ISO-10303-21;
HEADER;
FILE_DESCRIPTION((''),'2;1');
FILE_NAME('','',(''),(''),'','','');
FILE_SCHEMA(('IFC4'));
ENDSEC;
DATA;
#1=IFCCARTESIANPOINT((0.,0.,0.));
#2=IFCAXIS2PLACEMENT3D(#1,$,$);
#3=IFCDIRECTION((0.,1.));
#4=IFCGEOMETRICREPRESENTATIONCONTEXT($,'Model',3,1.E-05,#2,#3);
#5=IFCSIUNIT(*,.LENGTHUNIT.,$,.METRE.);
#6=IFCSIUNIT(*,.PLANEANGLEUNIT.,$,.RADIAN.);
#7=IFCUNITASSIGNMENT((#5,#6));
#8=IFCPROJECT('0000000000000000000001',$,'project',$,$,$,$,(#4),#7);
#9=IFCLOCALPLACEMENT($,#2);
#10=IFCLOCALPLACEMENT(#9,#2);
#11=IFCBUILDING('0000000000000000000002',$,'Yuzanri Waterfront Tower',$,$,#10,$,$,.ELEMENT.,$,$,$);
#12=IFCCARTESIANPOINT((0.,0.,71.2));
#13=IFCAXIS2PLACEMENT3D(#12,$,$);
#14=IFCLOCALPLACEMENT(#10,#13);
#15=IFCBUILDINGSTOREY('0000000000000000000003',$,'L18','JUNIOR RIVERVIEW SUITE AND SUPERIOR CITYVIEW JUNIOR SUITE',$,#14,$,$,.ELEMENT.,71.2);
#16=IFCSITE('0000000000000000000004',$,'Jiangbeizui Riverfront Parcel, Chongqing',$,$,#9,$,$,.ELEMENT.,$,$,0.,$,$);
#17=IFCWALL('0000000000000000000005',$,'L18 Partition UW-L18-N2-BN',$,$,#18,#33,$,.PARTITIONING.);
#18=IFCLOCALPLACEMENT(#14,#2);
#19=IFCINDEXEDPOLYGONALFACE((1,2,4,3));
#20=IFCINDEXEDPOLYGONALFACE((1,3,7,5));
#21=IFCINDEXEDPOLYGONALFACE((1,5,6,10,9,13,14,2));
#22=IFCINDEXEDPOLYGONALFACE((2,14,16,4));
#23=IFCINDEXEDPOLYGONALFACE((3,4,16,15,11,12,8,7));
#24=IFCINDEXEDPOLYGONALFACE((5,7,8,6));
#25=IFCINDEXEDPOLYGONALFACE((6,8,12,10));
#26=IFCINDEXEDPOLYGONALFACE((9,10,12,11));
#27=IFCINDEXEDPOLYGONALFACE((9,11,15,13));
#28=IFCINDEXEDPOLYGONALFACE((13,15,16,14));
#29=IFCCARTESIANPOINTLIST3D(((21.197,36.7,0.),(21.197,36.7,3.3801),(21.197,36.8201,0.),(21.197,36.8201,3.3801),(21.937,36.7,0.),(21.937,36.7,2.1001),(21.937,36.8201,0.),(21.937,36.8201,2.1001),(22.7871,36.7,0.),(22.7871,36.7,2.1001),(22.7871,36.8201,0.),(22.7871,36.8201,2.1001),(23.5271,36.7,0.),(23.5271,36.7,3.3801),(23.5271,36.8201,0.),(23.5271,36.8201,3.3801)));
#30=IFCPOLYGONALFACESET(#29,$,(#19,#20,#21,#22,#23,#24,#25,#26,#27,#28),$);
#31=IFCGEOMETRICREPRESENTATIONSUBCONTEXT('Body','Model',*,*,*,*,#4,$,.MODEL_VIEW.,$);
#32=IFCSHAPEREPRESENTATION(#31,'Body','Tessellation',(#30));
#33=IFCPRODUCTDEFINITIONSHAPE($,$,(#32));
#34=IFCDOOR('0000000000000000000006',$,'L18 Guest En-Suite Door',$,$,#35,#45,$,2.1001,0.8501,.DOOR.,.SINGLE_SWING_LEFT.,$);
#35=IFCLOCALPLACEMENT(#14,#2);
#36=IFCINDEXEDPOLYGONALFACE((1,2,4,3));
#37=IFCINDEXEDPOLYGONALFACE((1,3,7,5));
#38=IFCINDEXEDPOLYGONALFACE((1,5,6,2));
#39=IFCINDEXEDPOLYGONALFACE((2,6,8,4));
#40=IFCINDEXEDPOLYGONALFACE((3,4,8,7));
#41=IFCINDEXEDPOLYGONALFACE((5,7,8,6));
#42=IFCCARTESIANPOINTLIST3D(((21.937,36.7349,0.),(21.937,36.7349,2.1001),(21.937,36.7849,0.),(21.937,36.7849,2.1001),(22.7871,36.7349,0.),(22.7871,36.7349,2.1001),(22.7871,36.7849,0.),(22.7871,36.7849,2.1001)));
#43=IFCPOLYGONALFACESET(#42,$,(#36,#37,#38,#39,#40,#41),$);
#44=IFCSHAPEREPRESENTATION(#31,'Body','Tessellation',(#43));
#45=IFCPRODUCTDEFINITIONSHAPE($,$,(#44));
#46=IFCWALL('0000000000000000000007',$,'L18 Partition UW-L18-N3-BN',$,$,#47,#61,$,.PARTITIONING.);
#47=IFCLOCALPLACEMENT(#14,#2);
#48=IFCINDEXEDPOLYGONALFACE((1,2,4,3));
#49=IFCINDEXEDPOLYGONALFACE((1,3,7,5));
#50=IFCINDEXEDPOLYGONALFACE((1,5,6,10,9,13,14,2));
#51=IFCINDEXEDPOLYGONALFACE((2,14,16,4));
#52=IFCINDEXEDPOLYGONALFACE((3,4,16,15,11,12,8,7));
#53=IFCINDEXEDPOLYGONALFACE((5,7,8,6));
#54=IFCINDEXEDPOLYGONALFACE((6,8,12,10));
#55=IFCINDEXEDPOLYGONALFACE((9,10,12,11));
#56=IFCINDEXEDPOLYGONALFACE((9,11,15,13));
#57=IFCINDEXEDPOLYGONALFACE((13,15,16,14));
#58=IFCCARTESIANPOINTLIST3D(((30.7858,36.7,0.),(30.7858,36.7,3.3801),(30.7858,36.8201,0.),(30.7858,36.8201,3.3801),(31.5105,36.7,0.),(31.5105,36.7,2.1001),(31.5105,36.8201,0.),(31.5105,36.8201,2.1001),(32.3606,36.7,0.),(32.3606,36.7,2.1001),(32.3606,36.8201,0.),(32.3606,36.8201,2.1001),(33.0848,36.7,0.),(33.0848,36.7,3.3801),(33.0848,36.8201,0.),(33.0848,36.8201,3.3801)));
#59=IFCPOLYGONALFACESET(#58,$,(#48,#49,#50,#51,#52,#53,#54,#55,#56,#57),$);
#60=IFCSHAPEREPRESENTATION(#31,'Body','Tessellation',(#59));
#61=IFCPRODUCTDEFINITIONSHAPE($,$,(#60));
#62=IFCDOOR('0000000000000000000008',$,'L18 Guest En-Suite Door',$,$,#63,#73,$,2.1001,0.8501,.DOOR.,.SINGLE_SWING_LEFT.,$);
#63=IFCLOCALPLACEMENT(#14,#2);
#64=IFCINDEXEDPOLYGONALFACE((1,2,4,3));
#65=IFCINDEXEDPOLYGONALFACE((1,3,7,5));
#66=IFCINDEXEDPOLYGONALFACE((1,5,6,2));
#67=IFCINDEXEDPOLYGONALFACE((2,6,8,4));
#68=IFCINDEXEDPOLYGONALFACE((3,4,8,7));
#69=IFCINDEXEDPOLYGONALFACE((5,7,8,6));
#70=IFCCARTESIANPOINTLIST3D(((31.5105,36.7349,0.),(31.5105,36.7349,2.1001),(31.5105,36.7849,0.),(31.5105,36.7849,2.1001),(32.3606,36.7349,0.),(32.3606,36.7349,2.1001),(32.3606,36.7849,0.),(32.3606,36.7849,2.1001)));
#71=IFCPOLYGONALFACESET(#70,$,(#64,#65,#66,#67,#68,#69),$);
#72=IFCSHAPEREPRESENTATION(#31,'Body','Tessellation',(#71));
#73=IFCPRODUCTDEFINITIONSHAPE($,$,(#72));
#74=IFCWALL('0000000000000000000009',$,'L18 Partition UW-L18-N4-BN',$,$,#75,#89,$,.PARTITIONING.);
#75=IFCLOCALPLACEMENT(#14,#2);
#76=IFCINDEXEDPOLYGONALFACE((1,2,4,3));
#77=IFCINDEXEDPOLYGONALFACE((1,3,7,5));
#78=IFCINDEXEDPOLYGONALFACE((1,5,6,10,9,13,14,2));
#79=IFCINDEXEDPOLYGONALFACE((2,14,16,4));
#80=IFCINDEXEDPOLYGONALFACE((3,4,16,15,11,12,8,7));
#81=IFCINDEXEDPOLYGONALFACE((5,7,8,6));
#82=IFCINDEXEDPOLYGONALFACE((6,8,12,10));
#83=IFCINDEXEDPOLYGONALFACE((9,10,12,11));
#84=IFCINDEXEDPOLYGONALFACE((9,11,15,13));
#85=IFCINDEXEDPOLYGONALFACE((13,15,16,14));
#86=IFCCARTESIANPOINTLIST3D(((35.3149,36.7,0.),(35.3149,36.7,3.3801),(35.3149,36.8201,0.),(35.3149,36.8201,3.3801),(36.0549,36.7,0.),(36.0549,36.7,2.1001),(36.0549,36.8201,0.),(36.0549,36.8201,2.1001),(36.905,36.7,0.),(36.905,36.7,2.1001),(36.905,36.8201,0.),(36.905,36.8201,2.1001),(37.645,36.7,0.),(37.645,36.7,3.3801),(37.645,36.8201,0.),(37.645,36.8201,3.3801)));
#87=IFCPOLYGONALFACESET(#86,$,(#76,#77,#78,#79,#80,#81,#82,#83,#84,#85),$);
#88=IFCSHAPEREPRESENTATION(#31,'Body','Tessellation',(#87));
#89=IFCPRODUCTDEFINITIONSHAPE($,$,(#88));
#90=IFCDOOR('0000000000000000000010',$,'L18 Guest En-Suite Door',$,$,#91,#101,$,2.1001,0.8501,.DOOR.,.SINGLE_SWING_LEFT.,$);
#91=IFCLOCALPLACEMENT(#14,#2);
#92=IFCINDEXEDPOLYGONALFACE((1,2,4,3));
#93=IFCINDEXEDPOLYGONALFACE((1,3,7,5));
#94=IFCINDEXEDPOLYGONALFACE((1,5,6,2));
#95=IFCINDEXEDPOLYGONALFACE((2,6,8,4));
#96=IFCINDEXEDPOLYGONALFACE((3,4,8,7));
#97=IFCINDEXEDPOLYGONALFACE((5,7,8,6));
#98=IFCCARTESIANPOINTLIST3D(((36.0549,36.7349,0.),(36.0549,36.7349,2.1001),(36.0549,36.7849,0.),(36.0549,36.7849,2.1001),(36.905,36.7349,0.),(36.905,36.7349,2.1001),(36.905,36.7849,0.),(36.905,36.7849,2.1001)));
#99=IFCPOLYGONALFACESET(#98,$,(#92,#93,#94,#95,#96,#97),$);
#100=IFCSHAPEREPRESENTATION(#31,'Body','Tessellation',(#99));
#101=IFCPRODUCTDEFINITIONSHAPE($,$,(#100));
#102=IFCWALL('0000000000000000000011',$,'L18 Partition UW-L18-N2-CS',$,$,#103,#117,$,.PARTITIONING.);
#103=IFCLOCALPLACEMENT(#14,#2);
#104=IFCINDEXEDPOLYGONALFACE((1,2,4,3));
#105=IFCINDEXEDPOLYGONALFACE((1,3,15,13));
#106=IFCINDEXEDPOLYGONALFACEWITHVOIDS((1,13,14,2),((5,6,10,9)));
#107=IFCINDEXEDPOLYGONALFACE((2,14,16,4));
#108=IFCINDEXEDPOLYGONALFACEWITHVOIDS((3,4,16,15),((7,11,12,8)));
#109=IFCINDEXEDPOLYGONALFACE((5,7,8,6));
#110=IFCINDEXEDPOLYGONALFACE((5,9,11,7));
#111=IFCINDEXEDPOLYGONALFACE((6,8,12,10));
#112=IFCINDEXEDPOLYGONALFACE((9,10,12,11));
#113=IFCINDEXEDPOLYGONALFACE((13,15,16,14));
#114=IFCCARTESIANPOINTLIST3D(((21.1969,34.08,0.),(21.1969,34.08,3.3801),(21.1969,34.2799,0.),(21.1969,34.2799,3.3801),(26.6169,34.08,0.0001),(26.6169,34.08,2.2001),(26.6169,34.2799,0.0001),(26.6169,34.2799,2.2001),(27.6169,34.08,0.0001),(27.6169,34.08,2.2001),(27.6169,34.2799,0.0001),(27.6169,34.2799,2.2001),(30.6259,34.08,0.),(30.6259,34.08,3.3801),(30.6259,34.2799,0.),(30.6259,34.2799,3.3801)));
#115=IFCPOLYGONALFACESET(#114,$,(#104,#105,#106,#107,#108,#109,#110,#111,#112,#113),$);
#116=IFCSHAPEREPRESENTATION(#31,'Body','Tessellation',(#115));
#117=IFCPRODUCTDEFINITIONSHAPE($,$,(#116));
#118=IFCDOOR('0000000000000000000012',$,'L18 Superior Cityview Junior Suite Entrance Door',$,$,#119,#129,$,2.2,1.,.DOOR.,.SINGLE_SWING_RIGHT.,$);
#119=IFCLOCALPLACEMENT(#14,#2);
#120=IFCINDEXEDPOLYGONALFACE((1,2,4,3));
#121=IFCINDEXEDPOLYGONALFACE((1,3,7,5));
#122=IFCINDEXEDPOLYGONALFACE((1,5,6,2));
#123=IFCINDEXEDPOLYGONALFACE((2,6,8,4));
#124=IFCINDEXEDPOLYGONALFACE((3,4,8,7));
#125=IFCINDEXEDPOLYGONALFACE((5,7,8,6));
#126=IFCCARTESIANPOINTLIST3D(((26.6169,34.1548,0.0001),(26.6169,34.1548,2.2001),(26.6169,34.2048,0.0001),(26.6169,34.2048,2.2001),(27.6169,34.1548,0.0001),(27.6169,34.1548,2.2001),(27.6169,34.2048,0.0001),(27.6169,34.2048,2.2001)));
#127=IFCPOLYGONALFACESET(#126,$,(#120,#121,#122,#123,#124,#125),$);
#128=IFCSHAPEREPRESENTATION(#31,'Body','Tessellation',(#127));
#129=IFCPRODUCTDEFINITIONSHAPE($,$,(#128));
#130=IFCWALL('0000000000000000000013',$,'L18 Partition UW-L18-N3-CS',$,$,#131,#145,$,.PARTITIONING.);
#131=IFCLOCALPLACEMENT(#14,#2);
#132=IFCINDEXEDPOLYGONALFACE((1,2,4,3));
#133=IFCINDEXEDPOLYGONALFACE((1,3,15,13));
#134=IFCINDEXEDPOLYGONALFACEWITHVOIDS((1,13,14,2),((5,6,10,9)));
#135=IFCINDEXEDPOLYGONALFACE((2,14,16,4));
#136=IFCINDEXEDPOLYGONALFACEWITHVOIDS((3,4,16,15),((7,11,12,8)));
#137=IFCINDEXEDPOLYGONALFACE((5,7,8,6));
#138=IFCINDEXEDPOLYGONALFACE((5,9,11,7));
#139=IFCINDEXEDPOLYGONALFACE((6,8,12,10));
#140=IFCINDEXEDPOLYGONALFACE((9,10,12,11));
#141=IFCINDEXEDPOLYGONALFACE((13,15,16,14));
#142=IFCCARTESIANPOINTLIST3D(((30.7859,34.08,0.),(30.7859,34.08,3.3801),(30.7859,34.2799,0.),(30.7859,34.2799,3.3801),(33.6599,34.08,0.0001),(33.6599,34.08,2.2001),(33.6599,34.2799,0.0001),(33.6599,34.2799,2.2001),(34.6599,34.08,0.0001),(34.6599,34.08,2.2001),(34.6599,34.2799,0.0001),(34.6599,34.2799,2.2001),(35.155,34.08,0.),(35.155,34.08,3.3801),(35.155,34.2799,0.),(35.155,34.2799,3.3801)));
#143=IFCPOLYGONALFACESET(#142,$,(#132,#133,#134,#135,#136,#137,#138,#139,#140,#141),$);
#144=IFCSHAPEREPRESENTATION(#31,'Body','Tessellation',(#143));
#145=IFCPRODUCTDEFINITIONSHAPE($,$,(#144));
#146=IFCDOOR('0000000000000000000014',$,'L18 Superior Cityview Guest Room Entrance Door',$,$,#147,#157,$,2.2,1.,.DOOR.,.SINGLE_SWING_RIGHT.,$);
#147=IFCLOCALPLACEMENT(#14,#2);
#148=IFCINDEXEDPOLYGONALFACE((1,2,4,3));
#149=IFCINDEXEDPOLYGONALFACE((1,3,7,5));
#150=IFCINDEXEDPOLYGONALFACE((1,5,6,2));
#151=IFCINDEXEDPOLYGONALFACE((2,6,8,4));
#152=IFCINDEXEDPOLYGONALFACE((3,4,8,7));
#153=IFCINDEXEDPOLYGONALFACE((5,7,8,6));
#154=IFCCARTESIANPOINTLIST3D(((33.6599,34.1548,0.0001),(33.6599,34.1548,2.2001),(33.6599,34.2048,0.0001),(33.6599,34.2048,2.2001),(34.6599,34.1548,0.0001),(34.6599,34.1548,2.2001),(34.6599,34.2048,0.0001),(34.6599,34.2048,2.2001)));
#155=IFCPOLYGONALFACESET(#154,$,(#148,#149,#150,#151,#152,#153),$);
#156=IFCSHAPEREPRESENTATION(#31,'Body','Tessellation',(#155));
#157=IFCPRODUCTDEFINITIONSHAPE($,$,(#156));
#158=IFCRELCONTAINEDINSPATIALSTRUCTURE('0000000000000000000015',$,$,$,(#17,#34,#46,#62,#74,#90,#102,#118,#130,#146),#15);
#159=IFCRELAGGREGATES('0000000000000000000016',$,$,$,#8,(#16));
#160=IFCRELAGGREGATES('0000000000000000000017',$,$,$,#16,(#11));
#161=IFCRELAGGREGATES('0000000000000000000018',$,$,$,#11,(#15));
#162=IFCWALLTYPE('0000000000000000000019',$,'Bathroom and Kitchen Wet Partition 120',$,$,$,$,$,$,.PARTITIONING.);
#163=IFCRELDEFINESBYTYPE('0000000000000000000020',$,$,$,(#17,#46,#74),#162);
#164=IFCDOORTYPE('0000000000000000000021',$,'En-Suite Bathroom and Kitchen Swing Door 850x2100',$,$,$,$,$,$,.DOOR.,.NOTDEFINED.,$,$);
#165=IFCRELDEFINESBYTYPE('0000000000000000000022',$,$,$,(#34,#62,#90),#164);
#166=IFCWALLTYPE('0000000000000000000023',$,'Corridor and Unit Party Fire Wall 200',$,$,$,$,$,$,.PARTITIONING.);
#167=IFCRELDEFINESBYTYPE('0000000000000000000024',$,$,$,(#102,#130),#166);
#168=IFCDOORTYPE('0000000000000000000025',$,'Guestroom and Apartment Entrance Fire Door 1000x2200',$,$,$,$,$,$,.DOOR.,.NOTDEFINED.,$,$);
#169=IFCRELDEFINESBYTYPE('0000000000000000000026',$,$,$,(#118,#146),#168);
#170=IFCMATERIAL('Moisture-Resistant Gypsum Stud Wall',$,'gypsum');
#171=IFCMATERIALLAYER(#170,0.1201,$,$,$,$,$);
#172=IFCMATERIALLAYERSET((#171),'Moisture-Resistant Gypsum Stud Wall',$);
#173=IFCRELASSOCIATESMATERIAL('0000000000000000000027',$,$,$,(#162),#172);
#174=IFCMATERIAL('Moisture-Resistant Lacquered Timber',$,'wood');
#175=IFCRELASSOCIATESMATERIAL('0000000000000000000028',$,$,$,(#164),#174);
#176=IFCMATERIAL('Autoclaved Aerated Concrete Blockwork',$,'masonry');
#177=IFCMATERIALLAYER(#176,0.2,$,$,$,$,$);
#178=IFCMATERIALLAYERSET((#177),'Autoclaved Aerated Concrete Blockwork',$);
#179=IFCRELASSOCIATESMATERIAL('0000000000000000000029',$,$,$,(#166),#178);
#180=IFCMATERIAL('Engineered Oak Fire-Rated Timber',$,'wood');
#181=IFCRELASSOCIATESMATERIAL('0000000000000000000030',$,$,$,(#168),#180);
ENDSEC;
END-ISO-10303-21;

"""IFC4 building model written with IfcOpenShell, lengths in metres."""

from ifc_helpers import new_model, si_unit, direction, frame, frame_2d, origin, place, context, subcontext, project, spatial, rectangle, extrude, source, transform, mapped, material, layer, layer_set, type_object, element, fill, save


model = new_model("IFC4")

# Units and contexts
model_context = context("Model", 3, precision=1e-05, world=origin(), true_north=direction((0.0, 1.0)))
body_context = subcontext(model_context, "Body", "Model", "MODEL_VIEW")
ifc_project = project(units=[si_unit("LENGTHUNIT", "METRE"), si_unit("PLANEANGLEUNIT", "RADIAN")], contexts=[model_context])

# Site, building, storey
site_placement = place(None, origin())
site = spatial("IfcSite", under=ifc_project, at=site_placement, Name="Jiangbeizui Riverfront Parcel, Chongqing", CompositionType="ELEMENT", RefElevation=0.0)
building_placement = place(site_placement, origin())
building = spatial("IfcBuilding", under=site, at=building_placement, Name="Yuzanri Waterfront Tower", CompositionType="ELEMENT")
storey_placement = place(building_placement, frame((0.0, 0.0, 71.2)))
storey = spatial("IfcBuildingStorey", under=building, at=storey_placement, Name="L18", Description="JUNIOR RIVERVIEW SUITE AND SUPERIOR CITYVIEW JUNIOR SUITE", CompositionType="ELEMENT", Elevation=71.2)

# Walls, openings, doors
ifc_material_1 = material(Name="Moisture-Resistant Gypsum Stud Wall", Category="gypsum")
ifc_layer_1 = layer(ifc_material_1, 0.1201)
ifc_layer_set_1 = layer_set([ifc_layer_1], Name="Moisture-Resistant Gypsum Stud Wall")
wall_type_1 = type_object("IfcWallType", Name="Bathroom and Kitchen Wet Partition 120", PredefinedType="PARTITIONING", material=ifc_layer_set_1)
wall_1_placement = place(storey_placement, frame((21.197, 36.76, 0.0), z_axis=(0.0, 0.0, 1.0), x_axis=(1.0, 0.0, 0.0)))
wall_1 = element("IfcWall", 1, at=wall_1_placement, inside=storey, type_object=wall_type_1, Name="L18 Partition UW-L18-N2-BN", PredefinedType="PARTITIONING", context=body_context, shape_type="SweptSolid", body=[
    extrude(rectangle(XDim=2.3301, YDim=0.1201, at=frame_2d((1.165, 0.0))), origin(), (0.0, 0.0, 1.0), 3.3801),
])
opening_1_placement = place(wall_1_placement, frame((0.74, 0.0, 0.0)))
opening_1 = element("IfcOpeningElement", 2, at=opening_1_placement, cuts=wall_1, PredefinedType="OPENING", context=body_context, shape_type="SweptSolid", body=[
    extrude(rectangle(XDim=0.8501, YDim=2.1001, at=frame_2d((0.425, 1.05))), frame((0.0, 0.075, 0.0), z_axis=(0.0, -1.0, 0.0), x_axis=(1.0, 0.0, 0.0)), (0.0, 0.0, 1.0), 0.1499),
])
ifc_material_2 = material(Name="Moisture-Resistant Lacquered Timber", Category="wood")
door_type_1 = type_object("IfcDoorType", Name="En-Suite Bathroom and Kitchen Swing Door 850x2100", OperationType="NOTDEFINED", PredefinedType="DOOR", material=ifc_material_2)
shared_shape_1 = source(origin(), body_context, "Body", "SweptSolid", [
    extrude(rectangle(XDim=0.8501, YDim=2.1001, at=frame_2d((0.425, 1.05))), frame((0.0, 0.0249, 0.0), z_axis=(0.0, -1.0, 0.0), x_axis=(1.0, 0.0, 0.0)), (0.0, 0.0, 1.0), 0.05),
])
door_1_placement = place(opening_1_placement, origin())
door_1 = element("IfcDoor", 3, at=door_1_placement, inside=storey, type_object=door_type_1, Name="L18 Guest En-Suite Door", OperationType="SINGLE_SWING_LEFT", OverallHeight=2.1001, OverallWidth=0.8501, PredefinedType="DOOR", context=body_context, shape_type="MappedRepresentation", body=[
    mapped(shared_shape_1, transform((0.0, 0.0, 0.0), scale=1.0)),
])
fill(opening_1, door_1)
wall_2_placement = place(storey_placement, frame((30.7859, 36.76, 0.0), z_axis=(0.0, 0.0, 1.0), x_axis=(1.0, 0.0, 0.0)))
wall_2 = element("IfcWall", 4, at=wall_2_placement, inside=storey, type_object=wall_type_1, Name="L18 Partition UW-L18-N3-BN", PredefinedType="PARTITIONING", context=body_context, shape_type="SweptSolid", body=[
    extrude(rectangle(XDim=2.2991, YDim=0.1201, at=frame_2d((1.1494, 0.0))), origin(), (0.0, 0.0, 1.0), 3.3801),
])
opening_2_placement = place(wall_2_placement, frame((0.7246, 0.0, 0.0)))
opening_2 = element("IfcOpeningElement", 5, at=opening_2_placement, cuts=wall_2, PredefinedType="OPENING", context=body_context, shape_type="SweptSolid", body=[
    extrude(rectangle(XDim=0.8501, YDim=2.1001, at=frame_2d((0.425, 1.05))), frame((0.0, 0.075, 0.0), z_axis=(0.0, -1.0, 0.0), x_axis=(1.0, 0.0, 0.0)), (0.0, 0.0, 1.0), 0.1499),
])
door_2_placement = place(opening_2_placement, origin())
door_2 = element("IfcDoor", 6, at=door_2_placement, inside=storey, type_object=door_type_1, Name="L18 Guest En-Suite Door", OperationType="SINGLE_SWING_LEFT", OverallHeight=2.1001, OverallWidth=0.8501, PredefinedType="DOOR", context=body_context, shape_type="MappedRepresentation", body=[
    mapped(shared_shape_1, transform((0.0, 0.0, 0.0), scale=1.0)),
])
fill(opening_2, door_2)
wall_3_placement = place(storey_placement, frame((35.3149, 36.76, 0.0), z_axis=(0.0, 0.0, 1.0), x_axis=(1.0, 0.0, 0.0)))
wall_3 = element("IfcWall", 7, at=wall_3_placement, inside=storey, type_object=wall_type_1, Name="L18 Partition UW-L18-N4-BN", PredefinedType="PARTITIONING", context=body_context, shape_type="SweptSolid", body=[
    extrude(rectangle(XDim=2.3301, YDim=0.1201, at=frame_2d((1.165, 0.0))), origin(), (0.0, 0.0, 1.0), 3.3801),
])
opening_3_placement = place(wall_3_placement, frame((0.74, 0.0, 0.0)))
opening_3 = element("IfcOpeningElement", 8, at=opening_3_placement, cuts=wall_3, PredefinedType="OPENING", context=body_context, shape_type="SweptSolid", body=[
    extrude(rectangle(XDim=0.8501, YDim=2.1001, at=frame_2d((0.425, 1.05))), frame((0.0, 0.075, 0.0), z_axis=(0.0, -1.0, 0.0), x_axis=(1.0, 0.0, 0.0)), (0.0, 0.0, 1.0), 0.1499),
])
door_3_placement = place(opening_3_placement, origin())
door_3 = element("IfcDoor", 9, at=door_3_placement, inside=storey, type_object=door_type_1, Name="L18 Guest En-Suite Door", OperationType="SINGLE_SWING_LEFT", OverallHeight=2.1001, OverallWidth=0.8501, PredefinedType="DOOR", context=body_context, shape_type="MappedRepresentation", body=[
    mapped(shared_shape_1, transform((0.0, 0.0, 0.0), scale=1.0)),
])
fill(opening_3, door_3)
ifc_material_3 = material(Name="Autoclaved Aerated Concrete Blockwork", Category="masonry")
ifc_layer_2 = layer(ifc_material_3, 0.2)
ifc_layer_set_2 = layer_set([ifc_layer_2], Name="Autoclaved Aerated Concrete Blockwork")
wall_type_2 = type_object("IfcWallType", Name="Corridor and Unit Party Fire Wall 200", PredefinedType="PARTITIONING", material=ifc_layer_set_2)
wall_4_placement = place(storey_placement, frame((21.197, 34.1799, 0.0), z_axis=(0.0, 0.0, 1.0), x_axis=(1.0, 0.0, 0.0)))
wall_4 = element("IfcWall", 10, at=wall_4_placement, inside=storey, type_object=wall_type_2, Name="L18 Partition UW-L18-N2-CS", PredefinedType="PARTITIONING", context=body_context, shape_type="SweptSolid", body=[
    extrude(rectangle(XDim=9.429, YDim=0.2, at=frame_2d((4.7144, 0.0))), origin(), (0.0, 0.0, 1.0), 3.3801),
])
opening_4_placement = place(wall_4_placement, frame((5.4199, 0.0, 0.0)))
opening_4 = element("IfcOpeningElement", 11, at=opening_4_placement, cuts=wall_4, PredefinedType="OPENING", context=body_context, shape_type="SweptSolid", body=[
    extrude(rectangle(XDim=1.0, YDim=2.2, at=frame_2d((0.5, 1.1001))), frame((0.0, 0.1147, 0.0), z_axis=(0.0, -1.0, 0.0), x_axis=(1.0, 0.0, 0.0)), (0.0, 0.0, 1.0), 0.2297),
])
ifc_material_4 = material(Name="Engineered Oak Fire-Rated Timber", Category="wood")
door_type_2 = type_object("IfcDoorType", Name="Guestroom and Apartment Entrance Fire Door 1000x2200", OperationType="NOTDEFINED", PredefinedType="DOOR", material=ifc_material_4)
shared_shape_2 = source(origin(), body_context, "Body", "SweptSolid", [
    extrude(rectangle(XDim=1.0, YDim=2.2, at=frame_2d((0.5, 1.1001))), frame((0.0, 0.0249, 0.0), z_axis=(0.0, -1.0, 0.0), x_axis=(1.0, 0.0, 0.0)), (0.0, 0.0, 1.0), 0.05),
])
door_4_placement = place(opening_4_placement, origin())
door_4 = element("IfcDoor", 12, at=door_4_placement, inside=storey, type_object=door_type_2, Name="L18 Superior Cityview Junior Suite Entrance Door", OperationType="SINGLE_SWING_RIGHT", OverallHeight=2.2, OverallWidth=1.0, PredefinedType="DOOR", context=body_context, shape_type="MappedRepresentation", body=[
    mapped(shared_shape_2, transform((0.0, 0.0, 0.0), scale=1.0)),
])
fill(opening_4, door_4)
wall_5_placement = place(storey_placement, frame((30.7859, 34.1799, 0.0), z_axis=(0.0, 0.0, 1.0), x_axis=(1.0, 0.0, 0.0)))
wall_5 = element("IfcWall", 13, at=wall_5_placement, inside=storey, type_object=wall_type_2, Name="L18 Partition UW-L18-N3-CS", PredefinedType="PARTITIONING", context=body_context, shape_type="SweptSolid", body=[
    extrude(rectangle(XDim=4.3691, YDim=0.2, at=frame_2d((2.1846, 0.0))), origin(), (0.0, 0.0, 1.0), 3.3801),
])
opening_5_placement = place(wall_5_placement, frame((2.874, 0.0, 0.0)))
opening_5 = element("IfcOpeningElement", 14, at=opening_5_placement, cuts=wall_5, PredefinedType="OPENING", context=body_context, shape_type="SweptSolid", body=[
    extrude(rectangle(XDim=1.0, YDim=2.2, at=frame_2d((0.5, 1.1001))), frame((0.0, 0.1147, 0.0), z_axis=(0.0, -1.0, 0.0), x_axis=(1.0, 0.0, 0.0)), (0.0, 0.0, 1.0), 0.2297),
])
door_5_placement = place(opening_5_placement, origin())
door_5 = element("IfcDoor", 15, at=door_5_placement, inside=storey, type_object=door_type_2, Name="L18 Superior Cityview Guest Room Entrance Door", OperationType="SINGLE_SWING_RIGHT", OverallHeight=2.2, OverallWidth=1.0, PredefinedType="DOOR", context=body_context, shape_type="MappedRepresentation", body=[
    mapped(shared_shape_2, transform((0.0, 0.0, 0.0), scale=1.0)),
])
fill(opening_5, door_5)

save(model, "model.ifc")
